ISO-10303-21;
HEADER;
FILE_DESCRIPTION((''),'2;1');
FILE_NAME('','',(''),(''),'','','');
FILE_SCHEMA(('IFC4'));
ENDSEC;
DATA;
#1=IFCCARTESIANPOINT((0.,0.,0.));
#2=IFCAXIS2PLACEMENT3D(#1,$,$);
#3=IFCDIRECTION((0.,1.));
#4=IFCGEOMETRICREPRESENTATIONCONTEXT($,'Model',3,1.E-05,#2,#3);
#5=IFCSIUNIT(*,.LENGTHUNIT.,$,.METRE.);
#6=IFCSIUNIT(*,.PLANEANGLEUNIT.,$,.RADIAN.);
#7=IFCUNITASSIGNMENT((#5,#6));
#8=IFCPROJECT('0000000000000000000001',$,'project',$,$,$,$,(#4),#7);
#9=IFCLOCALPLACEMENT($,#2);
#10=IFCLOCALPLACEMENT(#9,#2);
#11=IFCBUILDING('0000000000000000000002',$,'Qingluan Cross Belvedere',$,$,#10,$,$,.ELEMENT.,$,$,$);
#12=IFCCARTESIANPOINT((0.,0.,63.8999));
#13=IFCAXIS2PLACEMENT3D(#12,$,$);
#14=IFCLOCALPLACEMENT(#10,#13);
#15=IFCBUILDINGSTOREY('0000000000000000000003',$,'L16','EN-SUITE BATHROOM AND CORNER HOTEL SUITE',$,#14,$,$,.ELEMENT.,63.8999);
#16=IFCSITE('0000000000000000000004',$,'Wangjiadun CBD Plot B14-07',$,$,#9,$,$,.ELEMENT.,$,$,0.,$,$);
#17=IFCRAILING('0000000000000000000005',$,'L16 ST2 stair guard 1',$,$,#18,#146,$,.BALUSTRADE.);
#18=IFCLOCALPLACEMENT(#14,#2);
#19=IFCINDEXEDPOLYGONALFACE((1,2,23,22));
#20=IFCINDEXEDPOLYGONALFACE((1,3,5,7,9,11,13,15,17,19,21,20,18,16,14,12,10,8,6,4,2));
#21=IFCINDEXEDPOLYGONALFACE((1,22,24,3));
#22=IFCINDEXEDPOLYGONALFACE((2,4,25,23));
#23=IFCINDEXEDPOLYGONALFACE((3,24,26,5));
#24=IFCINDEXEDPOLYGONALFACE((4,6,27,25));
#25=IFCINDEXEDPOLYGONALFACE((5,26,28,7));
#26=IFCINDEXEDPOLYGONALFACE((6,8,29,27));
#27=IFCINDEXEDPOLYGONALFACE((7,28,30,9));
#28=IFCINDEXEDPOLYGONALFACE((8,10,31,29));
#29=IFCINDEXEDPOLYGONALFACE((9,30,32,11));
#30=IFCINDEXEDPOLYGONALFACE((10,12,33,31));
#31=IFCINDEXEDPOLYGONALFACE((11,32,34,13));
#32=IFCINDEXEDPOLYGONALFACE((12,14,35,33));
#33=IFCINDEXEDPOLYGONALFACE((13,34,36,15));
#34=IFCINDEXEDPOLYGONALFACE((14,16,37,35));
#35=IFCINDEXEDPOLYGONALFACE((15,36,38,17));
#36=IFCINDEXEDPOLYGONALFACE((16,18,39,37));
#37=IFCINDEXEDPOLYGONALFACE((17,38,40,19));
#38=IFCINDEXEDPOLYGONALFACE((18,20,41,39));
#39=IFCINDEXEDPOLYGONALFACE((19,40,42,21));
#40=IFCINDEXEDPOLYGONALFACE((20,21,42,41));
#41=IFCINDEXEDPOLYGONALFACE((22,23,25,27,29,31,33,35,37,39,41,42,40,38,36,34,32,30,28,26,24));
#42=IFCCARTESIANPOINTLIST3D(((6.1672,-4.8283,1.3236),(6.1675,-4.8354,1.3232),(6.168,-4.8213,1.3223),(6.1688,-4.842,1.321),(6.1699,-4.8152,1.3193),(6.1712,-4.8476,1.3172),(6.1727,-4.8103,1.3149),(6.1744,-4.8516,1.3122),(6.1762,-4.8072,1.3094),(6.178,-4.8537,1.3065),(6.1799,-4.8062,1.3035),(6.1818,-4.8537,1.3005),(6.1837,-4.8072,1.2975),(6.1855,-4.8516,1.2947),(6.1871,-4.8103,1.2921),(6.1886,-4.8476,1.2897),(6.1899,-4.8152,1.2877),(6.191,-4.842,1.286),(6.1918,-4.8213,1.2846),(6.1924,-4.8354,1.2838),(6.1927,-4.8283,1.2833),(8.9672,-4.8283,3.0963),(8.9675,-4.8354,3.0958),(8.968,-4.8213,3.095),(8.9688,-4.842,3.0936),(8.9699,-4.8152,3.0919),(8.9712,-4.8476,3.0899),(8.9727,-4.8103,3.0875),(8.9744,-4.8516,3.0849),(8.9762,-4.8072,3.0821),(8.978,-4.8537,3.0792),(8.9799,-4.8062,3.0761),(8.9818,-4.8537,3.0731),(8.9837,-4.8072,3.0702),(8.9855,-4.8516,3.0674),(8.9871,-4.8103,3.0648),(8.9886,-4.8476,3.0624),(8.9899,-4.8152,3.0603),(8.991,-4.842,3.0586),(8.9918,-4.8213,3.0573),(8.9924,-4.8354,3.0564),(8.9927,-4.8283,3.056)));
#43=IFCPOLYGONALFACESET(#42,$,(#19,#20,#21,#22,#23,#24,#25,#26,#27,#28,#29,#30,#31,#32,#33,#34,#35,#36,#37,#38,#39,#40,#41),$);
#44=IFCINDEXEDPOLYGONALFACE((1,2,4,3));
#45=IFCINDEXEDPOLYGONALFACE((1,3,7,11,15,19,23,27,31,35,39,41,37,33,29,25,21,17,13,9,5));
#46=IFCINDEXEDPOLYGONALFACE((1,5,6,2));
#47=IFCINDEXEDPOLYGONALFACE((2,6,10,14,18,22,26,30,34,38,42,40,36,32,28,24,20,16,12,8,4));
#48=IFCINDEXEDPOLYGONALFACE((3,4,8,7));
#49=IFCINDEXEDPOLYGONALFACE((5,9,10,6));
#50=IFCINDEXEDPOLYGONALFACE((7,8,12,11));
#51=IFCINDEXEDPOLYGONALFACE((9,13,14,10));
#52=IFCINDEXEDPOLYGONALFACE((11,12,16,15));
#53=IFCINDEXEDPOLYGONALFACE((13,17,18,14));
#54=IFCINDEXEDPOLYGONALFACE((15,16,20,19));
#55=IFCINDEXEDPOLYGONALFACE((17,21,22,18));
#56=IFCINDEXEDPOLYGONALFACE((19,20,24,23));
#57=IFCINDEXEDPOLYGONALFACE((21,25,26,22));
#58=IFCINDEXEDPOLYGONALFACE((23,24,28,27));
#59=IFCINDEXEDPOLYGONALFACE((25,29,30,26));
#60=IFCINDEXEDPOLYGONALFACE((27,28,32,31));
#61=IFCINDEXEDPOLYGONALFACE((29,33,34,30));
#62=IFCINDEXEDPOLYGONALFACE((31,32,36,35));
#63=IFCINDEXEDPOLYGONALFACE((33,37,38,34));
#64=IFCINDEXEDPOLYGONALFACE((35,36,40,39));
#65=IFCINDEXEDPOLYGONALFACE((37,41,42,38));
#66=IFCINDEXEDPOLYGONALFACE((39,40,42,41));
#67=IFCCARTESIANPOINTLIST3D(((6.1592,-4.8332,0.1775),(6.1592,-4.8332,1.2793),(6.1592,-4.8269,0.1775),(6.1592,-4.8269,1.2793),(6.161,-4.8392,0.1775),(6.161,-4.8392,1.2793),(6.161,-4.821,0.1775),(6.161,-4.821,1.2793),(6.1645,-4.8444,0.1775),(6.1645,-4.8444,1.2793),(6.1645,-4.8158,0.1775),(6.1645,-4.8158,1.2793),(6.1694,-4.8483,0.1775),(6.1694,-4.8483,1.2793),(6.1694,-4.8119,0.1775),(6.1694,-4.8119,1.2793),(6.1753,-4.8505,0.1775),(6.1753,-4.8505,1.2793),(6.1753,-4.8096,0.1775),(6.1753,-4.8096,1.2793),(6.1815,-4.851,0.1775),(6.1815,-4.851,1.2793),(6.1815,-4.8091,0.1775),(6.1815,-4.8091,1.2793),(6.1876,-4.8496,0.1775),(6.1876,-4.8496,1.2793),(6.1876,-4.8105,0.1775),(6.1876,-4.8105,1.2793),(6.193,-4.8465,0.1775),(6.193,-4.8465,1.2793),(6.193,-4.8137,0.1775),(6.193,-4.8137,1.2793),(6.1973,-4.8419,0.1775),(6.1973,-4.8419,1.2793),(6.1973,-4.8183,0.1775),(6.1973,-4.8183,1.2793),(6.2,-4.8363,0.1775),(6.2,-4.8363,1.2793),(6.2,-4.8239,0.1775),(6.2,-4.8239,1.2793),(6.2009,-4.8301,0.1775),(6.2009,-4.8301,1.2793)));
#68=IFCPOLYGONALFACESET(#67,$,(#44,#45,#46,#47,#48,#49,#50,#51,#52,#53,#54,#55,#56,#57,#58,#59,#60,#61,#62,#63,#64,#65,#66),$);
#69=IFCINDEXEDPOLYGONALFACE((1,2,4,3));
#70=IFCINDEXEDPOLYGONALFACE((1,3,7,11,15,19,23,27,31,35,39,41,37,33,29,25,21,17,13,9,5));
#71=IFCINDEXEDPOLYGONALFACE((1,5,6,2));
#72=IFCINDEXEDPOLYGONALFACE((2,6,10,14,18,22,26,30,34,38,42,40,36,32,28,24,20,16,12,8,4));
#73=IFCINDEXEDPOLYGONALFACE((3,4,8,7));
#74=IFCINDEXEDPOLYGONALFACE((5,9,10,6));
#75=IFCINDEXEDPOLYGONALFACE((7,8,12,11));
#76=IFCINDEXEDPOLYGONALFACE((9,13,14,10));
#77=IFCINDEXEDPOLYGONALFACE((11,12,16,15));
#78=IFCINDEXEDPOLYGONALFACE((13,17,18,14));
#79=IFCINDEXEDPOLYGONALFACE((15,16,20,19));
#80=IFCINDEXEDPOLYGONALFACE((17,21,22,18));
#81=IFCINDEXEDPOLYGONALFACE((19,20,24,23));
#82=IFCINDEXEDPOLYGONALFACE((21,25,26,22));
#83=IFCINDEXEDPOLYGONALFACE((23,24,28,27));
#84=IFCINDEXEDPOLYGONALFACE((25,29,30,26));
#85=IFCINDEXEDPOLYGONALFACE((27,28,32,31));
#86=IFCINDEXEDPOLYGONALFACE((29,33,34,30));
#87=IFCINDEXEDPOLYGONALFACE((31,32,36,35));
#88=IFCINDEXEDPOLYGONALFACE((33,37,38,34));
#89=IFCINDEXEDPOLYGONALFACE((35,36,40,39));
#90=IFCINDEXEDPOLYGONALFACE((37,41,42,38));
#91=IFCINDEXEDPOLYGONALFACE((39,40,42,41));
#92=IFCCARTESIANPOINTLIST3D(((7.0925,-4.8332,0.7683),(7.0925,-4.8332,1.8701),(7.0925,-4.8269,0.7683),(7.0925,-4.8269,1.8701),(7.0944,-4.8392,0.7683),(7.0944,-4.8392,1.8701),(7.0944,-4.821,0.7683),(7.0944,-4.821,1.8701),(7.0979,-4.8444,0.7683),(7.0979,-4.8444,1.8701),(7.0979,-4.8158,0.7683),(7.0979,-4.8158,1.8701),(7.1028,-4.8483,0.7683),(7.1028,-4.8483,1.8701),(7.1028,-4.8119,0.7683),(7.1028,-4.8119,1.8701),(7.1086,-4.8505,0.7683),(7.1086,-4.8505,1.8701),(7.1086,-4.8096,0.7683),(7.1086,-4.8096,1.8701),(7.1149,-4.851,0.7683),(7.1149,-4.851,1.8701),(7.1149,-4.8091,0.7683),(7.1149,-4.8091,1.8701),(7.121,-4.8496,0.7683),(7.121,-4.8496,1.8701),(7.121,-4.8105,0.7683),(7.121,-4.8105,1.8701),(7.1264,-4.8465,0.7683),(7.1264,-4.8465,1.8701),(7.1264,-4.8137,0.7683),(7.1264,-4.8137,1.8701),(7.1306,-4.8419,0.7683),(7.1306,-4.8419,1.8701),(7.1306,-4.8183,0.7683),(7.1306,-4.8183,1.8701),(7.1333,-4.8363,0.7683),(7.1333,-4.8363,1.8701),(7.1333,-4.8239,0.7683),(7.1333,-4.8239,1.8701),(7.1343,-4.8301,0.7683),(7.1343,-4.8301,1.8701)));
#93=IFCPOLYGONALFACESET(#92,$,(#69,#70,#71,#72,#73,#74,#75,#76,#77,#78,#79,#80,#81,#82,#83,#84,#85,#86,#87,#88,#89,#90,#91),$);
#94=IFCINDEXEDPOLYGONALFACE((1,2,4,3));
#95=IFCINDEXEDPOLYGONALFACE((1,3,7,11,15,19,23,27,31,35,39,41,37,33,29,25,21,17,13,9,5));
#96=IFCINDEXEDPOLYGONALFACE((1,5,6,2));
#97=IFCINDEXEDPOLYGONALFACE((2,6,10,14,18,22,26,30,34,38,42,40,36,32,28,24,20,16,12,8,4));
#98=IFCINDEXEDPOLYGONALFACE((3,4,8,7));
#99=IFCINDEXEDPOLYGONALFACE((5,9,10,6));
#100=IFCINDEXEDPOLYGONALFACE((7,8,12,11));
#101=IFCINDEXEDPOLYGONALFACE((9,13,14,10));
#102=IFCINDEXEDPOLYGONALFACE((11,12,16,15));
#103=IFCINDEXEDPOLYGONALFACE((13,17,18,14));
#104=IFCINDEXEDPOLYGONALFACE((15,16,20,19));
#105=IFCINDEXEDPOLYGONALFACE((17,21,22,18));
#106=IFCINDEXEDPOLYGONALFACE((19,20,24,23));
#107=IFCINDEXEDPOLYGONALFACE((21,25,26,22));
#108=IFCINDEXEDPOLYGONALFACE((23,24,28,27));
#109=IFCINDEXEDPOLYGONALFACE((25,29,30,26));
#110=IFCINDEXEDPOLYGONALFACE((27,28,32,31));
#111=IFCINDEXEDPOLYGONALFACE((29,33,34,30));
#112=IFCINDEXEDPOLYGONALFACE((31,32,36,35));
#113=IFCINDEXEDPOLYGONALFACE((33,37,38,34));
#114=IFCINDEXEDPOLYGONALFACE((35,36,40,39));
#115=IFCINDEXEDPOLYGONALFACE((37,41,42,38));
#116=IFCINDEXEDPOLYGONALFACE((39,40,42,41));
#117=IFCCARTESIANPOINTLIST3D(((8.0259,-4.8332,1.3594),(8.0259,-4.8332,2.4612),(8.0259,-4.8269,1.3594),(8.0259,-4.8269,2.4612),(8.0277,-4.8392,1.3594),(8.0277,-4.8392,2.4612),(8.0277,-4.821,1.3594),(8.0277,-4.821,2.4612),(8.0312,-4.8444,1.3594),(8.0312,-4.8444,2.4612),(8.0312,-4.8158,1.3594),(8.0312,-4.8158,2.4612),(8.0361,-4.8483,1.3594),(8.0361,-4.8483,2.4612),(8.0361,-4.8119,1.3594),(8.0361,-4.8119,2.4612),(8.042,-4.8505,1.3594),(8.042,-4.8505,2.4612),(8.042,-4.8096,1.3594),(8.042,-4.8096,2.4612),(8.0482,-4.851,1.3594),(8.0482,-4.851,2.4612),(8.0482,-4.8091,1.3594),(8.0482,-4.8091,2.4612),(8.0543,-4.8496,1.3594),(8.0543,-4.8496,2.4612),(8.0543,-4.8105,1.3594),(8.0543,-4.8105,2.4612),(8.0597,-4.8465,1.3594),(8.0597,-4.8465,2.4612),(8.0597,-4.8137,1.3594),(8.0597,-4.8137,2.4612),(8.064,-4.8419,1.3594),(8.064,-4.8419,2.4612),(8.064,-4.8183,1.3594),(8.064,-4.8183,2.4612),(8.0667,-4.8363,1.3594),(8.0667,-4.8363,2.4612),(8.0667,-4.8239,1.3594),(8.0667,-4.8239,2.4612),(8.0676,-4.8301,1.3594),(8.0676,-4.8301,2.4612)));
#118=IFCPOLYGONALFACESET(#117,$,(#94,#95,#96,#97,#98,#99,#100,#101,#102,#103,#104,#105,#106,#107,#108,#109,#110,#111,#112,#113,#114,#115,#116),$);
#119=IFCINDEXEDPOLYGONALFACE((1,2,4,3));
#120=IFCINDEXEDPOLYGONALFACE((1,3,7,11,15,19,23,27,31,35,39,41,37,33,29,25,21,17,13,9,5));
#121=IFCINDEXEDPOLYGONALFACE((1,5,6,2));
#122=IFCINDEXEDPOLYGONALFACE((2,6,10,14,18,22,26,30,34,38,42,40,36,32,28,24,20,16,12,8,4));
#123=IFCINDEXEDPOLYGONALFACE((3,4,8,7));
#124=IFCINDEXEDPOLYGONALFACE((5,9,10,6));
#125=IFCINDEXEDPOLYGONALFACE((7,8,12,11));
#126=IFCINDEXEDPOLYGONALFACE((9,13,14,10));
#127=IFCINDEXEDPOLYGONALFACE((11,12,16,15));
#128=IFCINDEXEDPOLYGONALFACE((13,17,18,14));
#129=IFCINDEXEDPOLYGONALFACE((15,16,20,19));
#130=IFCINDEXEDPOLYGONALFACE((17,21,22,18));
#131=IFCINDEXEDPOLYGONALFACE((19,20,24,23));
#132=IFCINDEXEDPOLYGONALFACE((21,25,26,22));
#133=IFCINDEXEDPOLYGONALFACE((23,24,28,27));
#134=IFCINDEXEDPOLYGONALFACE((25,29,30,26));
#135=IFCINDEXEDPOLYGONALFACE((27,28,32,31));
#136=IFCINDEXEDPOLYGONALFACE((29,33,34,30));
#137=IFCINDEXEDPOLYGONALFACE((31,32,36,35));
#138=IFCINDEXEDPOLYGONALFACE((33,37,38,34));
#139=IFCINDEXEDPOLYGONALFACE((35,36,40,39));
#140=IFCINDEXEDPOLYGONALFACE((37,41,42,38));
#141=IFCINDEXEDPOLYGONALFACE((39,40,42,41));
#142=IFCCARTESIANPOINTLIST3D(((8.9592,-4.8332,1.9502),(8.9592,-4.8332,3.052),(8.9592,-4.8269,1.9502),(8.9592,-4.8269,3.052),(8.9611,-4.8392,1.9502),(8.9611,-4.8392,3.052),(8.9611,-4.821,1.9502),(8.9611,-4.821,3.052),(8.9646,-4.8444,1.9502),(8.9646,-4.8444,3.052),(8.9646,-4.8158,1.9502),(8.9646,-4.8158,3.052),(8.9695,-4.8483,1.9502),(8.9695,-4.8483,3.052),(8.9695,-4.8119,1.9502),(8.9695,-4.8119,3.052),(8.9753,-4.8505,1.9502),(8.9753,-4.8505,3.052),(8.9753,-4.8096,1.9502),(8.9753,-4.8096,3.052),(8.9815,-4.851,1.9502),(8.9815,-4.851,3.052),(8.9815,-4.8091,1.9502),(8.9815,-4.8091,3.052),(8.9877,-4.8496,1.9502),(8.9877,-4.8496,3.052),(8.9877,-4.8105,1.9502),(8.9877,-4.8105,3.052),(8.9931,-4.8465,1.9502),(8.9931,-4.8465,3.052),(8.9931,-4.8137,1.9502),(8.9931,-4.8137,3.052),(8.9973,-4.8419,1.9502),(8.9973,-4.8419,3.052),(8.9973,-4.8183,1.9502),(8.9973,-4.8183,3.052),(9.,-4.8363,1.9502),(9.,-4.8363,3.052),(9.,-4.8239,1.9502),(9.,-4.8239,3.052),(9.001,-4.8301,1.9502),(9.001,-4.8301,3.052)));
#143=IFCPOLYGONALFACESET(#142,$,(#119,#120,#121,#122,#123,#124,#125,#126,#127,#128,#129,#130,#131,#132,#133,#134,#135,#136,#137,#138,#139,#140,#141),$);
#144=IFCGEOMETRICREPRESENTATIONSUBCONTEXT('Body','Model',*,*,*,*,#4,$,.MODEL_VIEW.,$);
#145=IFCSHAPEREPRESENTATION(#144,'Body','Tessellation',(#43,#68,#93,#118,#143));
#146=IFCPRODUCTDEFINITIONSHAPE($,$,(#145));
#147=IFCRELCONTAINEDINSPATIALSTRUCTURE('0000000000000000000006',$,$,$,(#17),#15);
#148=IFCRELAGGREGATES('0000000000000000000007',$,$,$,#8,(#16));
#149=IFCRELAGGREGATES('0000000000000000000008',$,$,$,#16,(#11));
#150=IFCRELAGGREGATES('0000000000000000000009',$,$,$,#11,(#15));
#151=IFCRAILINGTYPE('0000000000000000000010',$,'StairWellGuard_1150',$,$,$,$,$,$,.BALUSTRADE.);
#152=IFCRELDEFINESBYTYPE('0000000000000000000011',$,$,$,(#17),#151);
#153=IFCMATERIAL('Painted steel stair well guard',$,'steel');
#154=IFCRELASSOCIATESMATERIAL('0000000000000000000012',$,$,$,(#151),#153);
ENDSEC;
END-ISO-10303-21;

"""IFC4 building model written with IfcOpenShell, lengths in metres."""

from ifc_helpers import new_model, si_unit, direction, frame, origin, origin_2d, place, context, subcontext, project, spatial, circle, extrude, material, type_object, element, save


model = new_model("IFC4")

# Units and contexts
model_context = context("Model", 3, precision=1e-05, world=origin(), true_north=direction((0.0, 1.0)))
body_context = subcontext(model_context, "Body", "Model", "MODEL_VIEW")
ifc_project = project(units=[si_unit("LENGTHUNIT", "METRE"), si_unit("PLANEANGLEUNIT", "RADIAN")], contexts=[model_context])

# Site, building, storey
site_placement = place(None, origin())
site = spatial("IfcSite", under=ifc_project, at=site_placement, Name="Wangjiadun CBD Plot B14-07", CompositionType="ELEMENT", RefElevation=0.0)
building_placement = place(site_placement, origin())
building = spatial("IfcBuilding", under=site, at=building_placement, Name="Qingluan Cross Belvedere", CompositionType="ELEMENT")
storey_placement = place(building_placement, frame((0.0, 0.0, 63.8999)))
storey = spatial("IfcBuildingStorey", under=building, at=storey_placement, Name="L16", Description="EN-SUITE BATHROOM AND CORNER HOTEL SUITE", CompositionType="ELEMENT", Elevation=63.8999)

# Railing
ifc_material_1 = material(Name="Painted steel stair well guard", Category="steel")
railing_type_1 = type_object("IfcRailingType", Name="StairWellGuard_1150", PredefinedType="BALUSTRADE", material=ifc_material_1)
railing_1_placement = place(storey_placement, frame((6.1799, -4.8301, 0.1775)))
element("IfcRailing", 1, at=railing_1_placement, inside=storey, type_object=railing_type_1, Name="L16 ST2 stair guard 1", PredefinedType="BALUSTRADE", context=body_context, shape_type="SweptSolid", body=[
    extrude(circle(Radius=0.0239, at=origin_2d()), frame((0.0, 0.0, 1.126), z_axis=(0.844909, 0.0, 0.53491), x_axis=(0.0, 1.0, 0.0)), (0.0, 0.0, 1.0), 3.314),
    extrude(circle(Radius=0.021, at=origin_2d()), origin(), (0.0, 0.0, 1.0), 1.1018),
    extrude(circle(Radius=0.021, at=origin_2d()), frame((0.9333, 0.0, 0.5908)), (0.0, 0.0, 1.0), 1.1018),
    extrude(circle(Radius=0.021, at=origin_2d()), frame((1.8667, 0.0, 1.1819)), (0.0, 0.0, 1.0), 1.1018),
    extrude(circle(Radius=0.021, at=origin_2d()), frame((2.8, 0.0, 1.7727)), (0.0, 0.0, 1.0), 1.1018),
])

save(model, "model.ifc")
